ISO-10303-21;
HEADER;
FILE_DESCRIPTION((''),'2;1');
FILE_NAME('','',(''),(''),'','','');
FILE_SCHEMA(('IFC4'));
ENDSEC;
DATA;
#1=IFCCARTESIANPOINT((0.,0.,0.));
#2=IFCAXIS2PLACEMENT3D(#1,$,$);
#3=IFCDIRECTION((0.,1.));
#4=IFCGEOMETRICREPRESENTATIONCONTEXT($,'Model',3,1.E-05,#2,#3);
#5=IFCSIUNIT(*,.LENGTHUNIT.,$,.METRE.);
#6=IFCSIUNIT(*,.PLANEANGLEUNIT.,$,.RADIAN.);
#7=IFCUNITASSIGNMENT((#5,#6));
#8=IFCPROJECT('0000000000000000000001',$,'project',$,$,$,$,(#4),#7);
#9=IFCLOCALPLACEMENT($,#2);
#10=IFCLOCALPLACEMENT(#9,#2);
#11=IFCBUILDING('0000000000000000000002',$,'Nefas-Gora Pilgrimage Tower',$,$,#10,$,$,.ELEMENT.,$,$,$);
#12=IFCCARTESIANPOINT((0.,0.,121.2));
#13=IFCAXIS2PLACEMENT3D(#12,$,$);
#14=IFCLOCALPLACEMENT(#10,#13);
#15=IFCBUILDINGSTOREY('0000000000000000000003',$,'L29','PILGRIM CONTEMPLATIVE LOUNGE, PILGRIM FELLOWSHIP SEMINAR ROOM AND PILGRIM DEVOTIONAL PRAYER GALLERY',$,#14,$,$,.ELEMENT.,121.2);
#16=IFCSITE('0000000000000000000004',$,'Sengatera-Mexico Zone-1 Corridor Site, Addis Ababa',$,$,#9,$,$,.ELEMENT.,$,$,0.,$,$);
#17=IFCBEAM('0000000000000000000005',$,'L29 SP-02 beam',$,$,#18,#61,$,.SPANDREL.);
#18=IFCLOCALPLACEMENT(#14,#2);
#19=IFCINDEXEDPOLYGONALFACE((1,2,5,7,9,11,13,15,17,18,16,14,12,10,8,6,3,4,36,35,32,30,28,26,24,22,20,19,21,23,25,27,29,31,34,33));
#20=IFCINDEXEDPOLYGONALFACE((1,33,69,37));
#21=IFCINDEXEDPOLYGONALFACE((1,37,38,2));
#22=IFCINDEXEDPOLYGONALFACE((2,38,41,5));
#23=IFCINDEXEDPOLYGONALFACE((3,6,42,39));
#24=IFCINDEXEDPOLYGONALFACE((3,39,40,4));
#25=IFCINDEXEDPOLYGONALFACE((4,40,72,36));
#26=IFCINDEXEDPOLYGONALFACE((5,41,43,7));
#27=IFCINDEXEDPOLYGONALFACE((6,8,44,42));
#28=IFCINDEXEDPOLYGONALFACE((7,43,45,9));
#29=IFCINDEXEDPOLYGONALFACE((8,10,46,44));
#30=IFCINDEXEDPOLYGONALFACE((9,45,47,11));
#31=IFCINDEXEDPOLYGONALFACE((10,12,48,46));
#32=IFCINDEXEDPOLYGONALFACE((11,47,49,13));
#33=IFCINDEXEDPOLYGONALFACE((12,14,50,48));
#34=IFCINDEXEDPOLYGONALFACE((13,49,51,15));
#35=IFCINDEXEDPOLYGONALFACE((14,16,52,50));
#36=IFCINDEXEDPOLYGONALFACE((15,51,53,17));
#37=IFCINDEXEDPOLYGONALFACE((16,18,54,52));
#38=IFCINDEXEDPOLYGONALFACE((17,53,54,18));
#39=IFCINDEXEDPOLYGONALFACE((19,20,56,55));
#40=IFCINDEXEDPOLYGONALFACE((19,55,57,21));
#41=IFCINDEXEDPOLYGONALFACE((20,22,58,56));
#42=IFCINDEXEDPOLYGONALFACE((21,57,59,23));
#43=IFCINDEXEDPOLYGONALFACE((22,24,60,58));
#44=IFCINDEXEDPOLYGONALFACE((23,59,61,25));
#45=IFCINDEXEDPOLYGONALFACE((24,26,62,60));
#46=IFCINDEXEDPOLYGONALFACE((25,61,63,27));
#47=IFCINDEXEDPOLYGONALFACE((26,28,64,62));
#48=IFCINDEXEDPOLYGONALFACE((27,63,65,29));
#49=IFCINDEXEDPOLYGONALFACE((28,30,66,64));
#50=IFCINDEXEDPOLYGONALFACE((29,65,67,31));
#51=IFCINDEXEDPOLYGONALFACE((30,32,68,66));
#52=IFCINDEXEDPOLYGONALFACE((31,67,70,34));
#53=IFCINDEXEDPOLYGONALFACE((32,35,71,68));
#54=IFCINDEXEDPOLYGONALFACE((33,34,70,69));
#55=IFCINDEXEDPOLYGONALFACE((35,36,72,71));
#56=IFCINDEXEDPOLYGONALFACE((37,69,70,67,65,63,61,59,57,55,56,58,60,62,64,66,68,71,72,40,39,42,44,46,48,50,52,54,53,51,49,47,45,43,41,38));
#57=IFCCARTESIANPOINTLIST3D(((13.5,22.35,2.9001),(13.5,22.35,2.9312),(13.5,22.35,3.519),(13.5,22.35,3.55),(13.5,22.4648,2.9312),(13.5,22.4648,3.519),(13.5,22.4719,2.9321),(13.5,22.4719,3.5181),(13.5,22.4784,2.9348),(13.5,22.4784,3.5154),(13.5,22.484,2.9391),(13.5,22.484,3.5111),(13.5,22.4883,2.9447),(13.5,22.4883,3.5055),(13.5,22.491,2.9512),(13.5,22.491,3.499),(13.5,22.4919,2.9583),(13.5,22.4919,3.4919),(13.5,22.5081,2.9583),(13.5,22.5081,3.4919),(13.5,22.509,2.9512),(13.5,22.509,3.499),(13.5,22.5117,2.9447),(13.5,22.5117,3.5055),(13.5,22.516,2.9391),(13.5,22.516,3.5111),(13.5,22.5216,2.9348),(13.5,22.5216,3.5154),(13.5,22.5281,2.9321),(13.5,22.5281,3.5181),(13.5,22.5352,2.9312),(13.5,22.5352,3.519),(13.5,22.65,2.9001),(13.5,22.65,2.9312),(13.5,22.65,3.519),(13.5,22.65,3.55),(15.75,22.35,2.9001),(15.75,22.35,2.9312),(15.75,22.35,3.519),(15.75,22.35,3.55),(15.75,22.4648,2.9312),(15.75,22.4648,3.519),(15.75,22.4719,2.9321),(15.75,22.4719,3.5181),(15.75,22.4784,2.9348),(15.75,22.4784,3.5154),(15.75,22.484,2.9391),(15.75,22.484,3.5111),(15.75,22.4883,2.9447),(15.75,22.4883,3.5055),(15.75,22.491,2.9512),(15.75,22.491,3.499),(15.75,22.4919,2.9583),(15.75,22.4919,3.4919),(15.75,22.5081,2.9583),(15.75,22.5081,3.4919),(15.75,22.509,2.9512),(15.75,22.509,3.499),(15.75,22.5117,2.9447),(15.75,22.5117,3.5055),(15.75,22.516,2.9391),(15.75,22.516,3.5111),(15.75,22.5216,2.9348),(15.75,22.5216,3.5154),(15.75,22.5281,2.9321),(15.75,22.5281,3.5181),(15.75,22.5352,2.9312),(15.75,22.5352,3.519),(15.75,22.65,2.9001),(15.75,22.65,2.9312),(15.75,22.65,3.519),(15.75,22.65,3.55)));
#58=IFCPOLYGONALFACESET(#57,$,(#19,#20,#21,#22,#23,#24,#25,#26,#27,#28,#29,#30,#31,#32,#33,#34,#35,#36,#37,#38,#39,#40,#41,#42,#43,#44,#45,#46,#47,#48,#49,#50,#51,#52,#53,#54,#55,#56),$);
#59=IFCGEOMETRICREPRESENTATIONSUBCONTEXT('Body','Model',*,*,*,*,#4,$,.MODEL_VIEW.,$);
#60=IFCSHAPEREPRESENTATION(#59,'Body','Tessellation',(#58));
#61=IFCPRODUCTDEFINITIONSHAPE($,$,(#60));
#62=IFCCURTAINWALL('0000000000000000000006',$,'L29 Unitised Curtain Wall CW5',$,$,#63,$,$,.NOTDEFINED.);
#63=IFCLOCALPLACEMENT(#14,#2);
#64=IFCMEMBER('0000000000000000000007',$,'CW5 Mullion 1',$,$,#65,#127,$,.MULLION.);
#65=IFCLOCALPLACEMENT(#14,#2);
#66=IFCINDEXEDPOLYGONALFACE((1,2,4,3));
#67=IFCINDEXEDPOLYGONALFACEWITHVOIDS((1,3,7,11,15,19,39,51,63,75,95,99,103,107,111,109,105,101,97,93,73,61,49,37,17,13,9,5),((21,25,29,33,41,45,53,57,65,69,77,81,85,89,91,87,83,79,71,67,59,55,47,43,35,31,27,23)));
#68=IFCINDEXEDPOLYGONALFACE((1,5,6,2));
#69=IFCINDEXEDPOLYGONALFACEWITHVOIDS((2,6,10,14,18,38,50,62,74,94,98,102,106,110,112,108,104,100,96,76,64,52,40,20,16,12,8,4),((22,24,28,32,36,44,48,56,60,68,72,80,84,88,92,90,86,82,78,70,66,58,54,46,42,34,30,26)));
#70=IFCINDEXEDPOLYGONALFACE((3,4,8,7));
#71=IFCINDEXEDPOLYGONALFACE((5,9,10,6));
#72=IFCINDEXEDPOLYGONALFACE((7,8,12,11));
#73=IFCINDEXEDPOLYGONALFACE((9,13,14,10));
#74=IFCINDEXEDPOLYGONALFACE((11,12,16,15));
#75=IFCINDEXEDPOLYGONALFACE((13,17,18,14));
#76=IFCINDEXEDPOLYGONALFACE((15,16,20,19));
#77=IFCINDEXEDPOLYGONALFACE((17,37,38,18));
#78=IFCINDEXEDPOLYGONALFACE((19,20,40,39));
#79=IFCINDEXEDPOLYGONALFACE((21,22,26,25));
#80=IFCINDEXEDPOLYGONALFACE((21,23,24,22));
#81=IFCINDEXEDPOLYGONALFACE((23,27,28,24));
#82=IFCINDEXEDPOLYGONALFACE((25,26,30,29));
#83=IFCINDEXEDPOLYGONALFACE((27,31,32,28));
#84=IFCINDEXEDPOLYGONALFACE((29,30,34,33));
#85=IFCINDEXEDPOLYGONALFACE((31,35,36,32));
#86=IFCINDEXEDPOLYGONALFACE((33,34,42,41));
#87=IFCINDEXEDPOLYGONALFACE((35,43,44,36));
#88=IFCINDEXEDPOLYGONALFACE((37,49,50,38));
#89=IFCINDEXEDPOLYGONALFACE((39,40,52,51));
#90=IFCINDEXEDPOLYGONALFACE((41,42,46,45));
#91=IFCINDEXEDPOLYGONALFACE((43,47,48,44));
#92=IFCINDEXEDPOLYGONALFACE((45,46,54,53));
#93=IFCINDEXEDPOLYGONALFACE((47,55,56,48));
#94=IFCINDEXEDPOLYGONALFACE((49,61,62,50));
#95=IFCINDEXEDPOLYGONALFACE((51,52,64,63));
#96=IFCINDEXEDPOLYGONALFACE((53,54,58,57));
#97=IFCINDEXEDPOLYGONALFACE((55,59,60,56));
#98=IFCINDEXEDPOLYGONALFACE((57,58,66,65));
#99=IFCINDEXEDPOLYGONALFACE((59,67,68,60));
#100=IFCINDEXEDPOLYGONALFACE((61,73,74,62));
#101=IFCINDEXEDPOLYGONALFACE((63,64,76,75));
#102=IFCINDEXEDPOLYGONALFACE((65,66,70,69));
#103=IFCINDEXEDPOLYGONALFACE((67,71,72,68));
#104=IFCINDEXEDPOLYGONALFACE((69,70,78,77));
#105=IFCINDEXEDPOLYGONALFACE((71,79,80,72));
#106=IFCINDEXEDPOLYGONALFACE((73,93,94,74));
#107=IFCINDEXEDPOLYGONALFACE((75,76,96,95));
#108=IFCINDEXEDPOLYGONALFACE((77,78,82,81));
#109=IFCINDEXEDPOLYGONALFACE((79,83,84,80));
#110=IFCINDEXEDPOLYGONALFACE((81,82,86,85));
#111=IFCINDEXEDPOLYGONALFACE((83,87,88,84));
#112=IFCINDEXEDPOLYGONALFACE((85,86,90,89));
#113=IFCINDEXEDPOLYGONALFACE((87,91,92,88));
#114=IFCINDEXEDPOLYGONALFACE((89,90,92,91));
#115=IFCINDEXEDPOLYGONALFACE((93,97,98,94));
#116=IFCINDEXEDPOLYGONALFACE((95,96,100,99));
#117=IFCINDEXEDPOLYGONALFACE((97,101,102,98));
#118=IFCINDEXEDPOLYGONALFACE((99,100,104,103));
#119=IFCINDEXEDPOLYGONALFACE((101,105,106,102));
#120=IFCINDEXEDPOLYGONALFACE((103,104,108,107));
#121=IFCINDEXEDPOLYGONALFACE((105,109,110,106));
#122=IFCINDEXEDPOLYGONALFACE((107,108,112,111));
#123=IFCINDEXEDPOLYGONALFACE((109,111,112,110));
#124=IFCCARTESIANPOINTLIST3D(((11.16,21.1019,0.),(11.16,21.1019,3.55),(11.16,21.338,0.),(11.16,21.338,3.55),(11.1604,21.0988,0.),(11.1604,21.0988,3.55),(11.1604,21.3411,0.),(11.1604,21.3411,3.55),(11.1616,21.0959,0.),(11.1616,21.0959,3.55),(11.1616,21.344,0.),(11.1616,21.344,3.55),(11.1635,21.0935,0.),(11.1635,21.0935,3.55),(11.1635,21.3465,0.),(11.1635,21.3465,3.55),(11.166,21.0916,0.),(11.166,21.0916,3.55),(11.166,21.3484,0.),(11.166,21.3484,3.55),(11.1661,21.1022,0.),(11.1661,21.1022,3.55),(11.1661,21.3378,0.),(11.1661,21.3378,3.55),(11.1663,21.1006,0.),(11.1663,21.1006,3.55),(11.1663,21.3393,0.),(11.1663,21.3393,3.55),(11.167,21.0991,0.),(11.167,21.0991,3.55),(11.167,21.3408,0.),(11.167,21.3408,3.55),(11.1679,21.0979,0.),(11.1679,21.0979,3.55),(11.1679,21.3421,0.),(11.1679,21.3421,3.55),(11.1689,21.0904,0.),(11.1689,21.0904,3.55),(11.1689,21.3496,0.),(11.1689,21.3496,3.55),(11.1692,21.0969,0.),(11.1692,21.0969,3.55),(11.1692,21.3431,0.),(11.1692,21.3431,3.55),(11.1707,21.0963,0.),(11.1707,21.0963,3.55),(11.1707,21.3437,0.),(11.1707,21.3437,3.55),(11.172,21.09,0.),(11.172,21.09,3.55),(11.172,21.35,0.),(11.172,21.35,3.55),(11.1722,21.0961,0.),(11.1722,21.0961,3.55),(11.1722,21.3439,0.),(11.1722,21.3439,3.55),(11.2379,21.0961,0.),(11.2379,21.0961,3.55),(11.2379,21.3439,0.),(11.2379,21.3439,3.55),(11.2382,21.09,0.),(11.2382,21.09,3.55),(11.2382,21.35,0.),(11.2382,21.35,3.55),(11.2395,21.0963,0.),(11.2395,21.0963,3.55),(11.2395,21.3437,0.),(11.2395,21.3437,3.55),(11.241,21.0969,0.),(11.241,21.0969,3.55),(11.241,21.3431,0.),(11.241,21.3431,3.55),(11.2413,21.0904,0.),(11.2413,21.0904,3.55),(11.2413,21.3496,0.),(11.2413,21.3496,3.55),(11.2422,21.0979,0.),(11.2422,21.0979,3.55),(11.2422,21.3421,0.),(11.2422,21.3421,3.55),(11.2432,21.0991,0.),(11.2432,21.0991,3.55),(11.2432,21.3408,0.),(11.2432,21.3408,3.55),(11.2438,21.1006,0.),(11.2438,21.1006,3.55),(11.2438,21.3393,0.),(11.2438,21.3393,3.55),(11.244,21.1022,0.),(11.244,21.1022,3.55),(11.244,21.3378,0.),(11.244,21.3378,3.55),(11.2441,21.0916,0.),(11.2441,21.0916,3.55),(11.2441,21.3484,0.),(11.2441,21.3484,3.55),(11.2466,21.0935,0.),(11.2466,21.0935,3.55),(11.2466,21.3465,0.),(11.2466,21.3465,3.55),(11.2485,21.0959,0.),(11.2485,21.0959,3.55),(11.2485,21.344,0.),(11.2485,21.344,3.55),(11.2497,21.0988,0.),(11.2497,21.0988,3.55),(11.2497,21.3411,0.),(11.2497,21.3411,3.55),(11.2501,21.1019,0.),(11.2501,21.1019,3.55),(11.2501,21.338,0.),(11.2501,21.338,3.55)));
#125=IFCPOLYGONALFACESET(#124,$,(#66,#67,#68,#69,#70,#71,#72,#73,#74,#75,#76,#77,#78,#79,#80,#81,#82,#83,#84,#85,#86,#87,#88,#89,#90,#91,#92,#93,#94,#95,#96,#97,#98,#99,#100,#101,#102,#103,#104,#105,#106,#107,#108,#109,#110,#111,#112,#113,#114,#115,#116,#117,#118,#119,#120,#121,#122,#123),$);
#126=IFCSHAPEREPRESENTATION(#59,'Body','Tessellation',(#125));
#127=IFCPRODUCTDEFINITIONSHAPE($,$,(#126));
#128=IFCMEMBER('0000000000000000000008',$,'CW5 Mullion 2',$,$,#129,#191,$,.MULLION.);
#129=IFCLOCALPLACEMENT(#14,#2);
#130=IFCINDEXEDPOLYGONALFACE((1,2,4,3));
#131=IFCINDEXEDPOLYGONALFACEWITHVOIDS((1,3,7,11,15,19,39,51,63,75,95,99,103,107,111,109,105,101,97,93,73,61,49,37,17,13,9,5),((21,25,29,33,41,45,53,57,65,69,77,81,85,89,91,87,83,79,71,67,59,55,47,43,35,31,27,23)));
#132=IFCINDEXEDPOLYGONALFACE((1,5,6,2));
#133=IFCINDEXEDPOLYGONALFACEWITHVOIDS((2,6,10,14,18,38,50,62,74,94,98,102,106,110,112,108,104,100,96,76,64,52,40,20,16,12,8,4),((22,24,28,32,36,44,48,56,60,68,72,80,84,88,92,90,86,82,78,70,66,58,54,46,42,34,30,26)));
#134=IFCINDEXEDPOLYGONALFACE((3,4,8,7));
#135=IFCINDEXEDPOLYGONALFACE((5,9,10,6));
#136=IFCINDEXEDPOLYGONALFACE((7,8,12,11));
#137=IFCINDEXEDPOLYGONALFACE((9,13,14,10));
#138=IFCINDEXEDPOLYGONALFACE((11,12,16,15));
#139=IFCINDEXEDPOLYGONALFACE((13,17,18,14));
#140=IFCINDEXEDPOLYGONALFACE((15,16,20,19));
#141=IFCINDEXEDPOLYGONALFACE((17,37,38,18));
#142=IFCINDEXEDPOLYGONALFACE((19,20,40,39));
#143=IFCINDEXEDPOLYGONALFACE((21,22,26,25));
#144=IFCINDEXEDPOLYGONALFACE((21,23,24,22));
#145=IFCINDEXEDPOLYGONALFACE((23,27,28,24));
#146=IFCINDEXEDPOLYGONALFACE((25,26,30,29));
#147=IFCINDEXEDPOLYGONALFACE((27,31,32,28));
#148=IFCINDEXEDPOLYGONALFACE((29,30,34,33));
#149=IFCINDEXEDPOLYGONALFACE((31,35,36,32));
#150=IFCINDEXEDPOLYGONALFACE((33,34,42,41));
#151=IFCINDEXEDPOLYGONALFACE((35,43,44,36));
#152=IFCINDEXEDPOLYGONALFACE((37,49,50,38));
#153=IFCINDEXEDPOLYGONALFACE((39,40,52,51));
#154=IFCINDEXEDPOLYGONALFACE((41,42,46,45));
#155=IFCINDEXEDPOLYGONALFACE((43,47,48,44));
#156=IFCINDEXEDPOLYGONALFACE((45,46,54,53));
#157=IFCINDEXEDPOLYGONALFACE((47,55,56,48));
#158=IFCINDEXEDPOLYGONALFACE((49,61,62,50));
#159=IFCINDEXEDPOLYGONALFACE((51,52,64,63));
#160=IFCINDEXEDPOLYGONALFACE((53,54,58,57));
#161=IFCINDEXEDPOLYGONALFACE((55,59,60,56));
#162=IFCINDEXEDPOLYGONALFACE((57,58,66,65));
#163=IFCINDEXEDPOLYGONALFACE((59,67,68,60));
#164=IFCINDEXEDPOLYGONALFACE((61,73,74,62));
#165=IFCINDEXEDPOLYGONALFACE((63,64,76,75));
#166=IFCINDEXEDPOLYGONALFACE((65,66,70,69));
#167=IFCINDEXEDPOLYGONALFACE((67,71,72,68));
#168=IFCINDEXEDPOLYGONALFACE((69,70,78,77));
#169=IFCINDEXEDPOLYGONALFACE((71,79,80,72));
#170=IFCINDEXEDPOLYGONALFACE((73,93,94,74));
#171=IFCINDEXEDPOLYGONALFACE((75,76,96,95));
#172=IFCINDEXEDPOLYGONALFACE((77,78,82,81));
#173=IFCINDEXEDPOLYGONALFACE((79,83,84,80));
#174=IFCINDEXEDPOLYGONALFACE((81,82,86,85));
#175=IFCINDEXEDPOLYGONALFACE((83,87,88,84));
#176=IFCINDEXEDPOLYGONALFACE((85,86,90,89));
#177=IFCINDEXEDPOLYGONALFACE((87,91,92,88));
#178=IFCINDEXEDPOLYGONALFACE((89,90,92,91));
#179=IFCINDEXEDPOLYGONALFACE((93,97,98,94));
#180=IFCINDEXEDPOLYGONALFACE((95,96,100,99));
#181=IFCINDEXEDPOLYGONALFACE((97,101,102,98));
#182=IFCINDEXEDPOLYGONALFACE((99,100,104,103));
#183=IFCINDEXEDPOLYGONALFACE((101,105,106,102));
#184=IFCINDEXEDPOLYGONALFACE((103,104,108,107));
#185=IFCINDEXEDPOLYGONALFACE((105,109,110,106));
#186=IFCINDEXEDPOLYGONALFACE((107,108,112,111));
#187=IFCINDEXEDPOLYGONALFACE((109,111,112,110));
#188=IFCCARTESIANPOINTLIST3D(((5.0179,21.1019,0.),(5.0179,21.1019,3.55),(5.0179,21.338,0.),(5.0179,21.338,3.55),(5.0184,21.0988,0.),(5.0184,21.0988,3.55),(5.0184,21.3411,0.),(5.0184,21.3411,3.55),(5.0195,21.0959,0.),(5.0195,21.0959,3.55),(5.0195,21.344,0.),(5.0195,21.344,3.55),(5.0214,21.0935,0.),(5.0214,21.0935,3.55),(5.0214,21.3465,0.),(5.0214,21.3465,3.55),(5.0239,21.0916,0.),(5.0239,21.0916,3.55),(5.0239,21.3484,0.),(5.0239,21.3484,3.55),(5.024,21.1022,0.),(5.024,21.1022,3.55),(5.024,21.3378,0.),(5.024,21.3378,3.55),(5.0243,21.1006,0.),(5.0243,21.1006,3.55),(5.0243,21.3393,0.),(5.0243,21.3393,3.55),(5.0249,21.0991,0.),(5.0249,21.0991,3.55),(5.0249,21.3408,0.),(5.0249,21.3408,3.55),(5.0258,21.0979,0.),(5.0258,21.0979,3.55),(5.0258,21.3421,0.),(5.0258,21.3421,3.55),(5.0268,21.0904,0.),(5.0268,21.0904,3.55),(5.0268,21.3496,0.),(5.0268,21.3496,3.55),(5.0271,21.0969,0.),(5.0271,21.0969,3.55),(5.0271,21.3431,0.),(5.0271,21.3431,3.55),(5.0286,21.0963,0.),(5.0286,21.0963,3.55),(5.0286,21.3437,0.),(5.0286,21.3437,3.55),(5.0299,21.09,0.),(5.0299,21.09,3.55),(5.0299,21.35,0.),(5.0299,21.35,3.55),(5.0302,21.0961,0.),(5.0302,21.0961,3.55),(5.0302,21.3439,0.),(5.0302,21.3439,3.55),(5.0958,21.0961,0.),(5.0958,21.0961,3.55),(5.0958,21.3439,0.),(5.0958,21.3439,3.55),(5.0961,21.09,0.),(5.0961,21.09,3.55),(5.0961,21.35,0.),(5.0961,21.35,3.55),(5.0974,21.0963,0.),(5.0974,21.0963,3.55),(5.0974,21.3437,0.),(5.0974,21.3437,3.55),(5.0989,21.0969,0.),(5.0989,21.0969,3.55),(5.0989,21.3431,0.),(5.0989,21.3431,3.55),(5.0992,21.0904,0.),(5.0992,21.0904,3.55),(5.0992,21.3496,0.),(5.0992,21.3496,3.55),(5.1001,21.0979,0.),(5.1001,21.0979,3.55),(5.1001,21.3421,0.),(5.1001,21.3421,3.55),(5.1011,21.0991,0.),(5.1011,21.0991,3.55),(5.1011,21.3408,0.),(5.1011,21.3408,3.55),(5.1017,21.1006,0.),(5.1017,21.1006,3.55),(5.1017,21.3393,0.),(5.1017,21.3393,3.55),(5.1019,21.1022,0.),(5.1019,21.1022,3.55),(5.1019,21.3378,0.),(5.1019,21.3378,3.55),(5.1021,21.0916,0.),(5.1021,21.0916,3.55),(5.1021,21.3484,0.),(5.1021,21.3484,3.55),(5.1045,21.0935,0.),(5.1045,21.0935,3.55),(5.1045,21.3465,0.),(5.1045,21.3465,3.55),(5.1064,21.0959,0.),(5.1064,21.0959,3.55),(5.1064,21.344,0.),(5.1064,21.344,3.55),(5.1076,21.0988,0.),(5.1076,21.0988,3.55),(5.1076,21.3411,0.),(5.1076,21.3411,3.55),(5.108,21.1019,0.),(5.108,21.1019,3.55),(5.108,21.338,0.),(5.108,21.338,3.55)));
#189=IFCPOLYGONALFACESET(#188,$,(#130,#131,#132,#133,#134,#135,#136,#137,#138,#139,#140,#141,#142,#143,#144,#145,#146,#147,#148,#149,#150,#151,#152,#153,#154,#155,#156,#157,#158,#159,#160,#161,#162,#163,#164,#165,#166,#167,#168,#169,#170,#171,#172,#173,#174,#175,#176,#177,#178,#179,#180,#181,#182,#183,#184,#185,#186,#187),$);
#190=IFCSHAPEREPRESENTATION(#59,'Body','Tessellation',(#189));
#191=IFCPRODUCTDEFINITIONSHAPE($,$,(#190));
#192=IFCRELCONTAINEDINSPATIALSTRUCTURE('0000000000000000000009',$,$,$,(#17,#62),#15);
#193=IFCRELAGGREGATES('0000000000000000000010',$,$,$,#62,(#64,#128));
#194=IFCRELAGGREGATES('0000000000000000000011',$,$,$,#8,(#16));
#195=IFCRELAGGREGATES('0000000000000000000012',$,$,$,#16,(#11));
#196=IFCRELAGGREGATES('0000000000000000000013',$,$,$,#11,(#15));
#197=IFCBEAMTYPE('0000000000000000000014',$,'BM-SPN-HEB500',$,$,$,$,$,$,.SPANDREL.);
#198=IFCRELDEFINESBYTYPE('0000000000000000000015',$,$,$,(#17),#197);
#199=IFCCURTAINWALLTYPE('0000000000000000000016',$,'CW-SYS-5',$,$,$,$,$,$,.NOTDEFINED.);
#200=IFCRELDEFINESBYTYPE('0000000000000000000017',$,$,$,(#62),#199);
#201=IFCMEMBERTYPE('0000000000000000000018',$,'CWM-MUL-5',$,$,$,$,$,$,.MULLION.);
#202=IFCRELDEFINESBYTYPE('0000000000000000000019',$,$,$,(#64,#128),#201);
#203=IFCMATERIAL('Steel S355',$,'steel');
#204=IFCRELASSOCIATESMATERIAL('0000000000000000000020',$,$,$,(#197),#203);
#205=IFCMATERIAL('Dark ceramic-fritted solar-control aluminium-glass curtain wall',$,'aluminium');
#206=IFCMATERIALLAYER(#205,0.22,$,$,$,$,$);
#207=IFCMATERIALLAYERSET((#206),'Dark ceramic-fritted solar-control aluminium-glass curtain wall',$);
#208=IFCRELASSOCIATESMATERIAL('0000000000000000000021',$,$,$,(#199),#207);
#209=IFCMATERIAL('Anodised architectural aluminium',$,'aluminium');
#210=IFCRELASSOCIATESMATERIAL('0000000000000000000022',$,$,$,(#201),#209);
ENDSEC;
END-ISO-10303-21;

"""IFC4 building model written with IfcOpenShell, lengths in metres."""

from ifc_helpers import new_model, si_unit, direction, frame, origin, origin_2d, place, context, subcontext, project, spatial, hollow_rectangle, i_section, extrude, source, transform, mapped, material, layer, layer_set, material_profile, profile_set, type_object, element, aggregate, save


model = new_model("IFC4")

# Units and contexts
model_context = context("Model", 3, precision=1e-05, world=origin(), true_north=direction((0.0, 1.0)))
body_context = subcontext(model_context, "Body", "Model", "MODEL_VIEW")
ifc_project = project(units=[si_unit("LENGTHUNIT", "METRE"), si_unit("PLANEANGLEUNIT", "RADIAN")], contexts=[model_context])

# Site, building, storey
site_placement = place(None, origin())
site = spatial("IfcSite", under=ifc_project, at=site_placement, Name="Sengatera-Mexico Zone-1 Corridor Site, Addis Ababa", CompositionType="ELEMENT", RefElevation=0.0)
building_placement = place(site_placement, origin())
building = spatial("IfcBuilding", under=site, at=building_placement, Name="Nefas-Gora Pilgrimage Tower", CompositionType="ELEMENT")
storey_placement = place(building_placement, frame((0.0, 0.0, 121.2)))
storey = spatial("IfcBuildingStorey", under=building, at=storey_placement, Name="L29", Description="PILGRIM CONTEMPLATIVE LOUNGE, PILGRIM FELLOWSHIP SEMINAR ROOM AND PILGRIM DEVOTIONAL PRAYER GALLERY", CompositionType="ELEMENT", Elevation=121.2)

# Beam
ifc_material_1 = material(Name="Steel S355", Category="steel")
ifc_material_profile_1 = material_profile(ifc_material_1, i_section(OverallWidth=0.3, OverallDepth=0.6499, WebThickness=0.0161, FlangeThickness=0.031, FilletRadius=0.0271, at=origin_2d()), Name="HEB 650")
ifc_profile_set_1 = profile_set([ifc_material_profile_1], Name="Steel S355")
beam_type_1 = type_object("IfcBeamType", Name="BM-SPN-HEB500", PredefinedType="SPANDREL", material=ifc_profile_set_1)
shared_shape_1 = source(origin(), body_context, "Body", "SweptSolid", [
    extrude(i_section(OverallWidth=0.3, OverallDepth=0.6499, WebThickness=0.0161, FlangeThickness=0.031, FilletRadius=0.0271, at=origin_2d()), origin(), (0.0, 0.0, 1.0), 2.25),
])
beam_1_placement = place(storey_placement, frame((13.5, 22.5, 3.2251), z_axis=(1.0, 0.0, 0.0), x_axis=(0.0, 1.0, 0.0)))
element("IfcBeam", 1, at=beam_1_placement, inside=storey, type_object=beam_type_1, Name="L29 SP-02 beam", PredefinedType="SPANDREL", context=body_context, shape_type="MappedRepresentation", body=[
    mapped(shared_shape_1, transform((0.0, 0.0, 0.0), x_axis=(1.0, 0.0, 0.0), y_axis=(0.0, 1.0, 0.0), z_axis=(0.0, 0.0, 1.0), scale=1.0)),
])

# Curtain wall, members
ifc_material_2 = material(Name="Dark ceramic-fritted solar-control aluminium-glass curtain wall", Category="aluminium")
ifc_layer_1 = layer(ifc_material_2, 0.22)
ifc_layer_set_1 = layer_set([ifc_layer_1], Name="Dark ceramic-fritted solar-control aluminium-glass curtain wall")
curtain_wall_type_1 = type_object("IfcCurtainWallType", Name="CW-SYS-5", PredefinedType="NOTDEFINED", material=ifc_layer_set_1)
curtain_wall_1_placement = place(storey_placement, origin())
curtain_wall_1 = element("IfcCurtainWall", 2, at=curtain_wall_1_placement, inside=storey, type_object=curtain_wall_type_1, Name="L29 Unitised Curtain Wall CW5", PredefinedType="NOTDEFINED")
ifc_material_3 = material(Name="Anodised architectural aluminium", Category="aluminium")
ifc_material_profile_2 = material_profile(ifc_material_3, hollow_rectangle(XDim=0.0901, YDim=0.26, WallThickness=0.0061, InnerFilletRadius=0.0061, OuterFilletRadius=0.012, at=origin_2d()), Name="ALU MULLION 90x260")
ifc_profile_set_2 = profile_set([ifc_material_profile_2], Name="Anodised architectural aluminium")
member_type_1 = type_object("IfcMemberType", Name="CWM-MUL-5", PredefinedType="MULLION", material=ifc_profile_set_2)
shared_shape_2 = source(origin(), body_context, "Body", "SweptSolid", [
    extrude(hollow_rectangle(XDim=0.0901, YDim=0.26, WallThickness=0.0061, InnerFilletRadius=0.0061, OuterFilletRadius=0.012, at=origin_2d()), origin(), (0.0, 0.0, 1.0), 3.55),
])
member_1_placement = place(storey_placement, frame((11.2051, 21.22, 0.0), z_axis=(0.0, 0.0, 1.0), x_axis=(-1.0, 0.0, 0.0)))
member_1 = element("IfcMember", 3, at=member_1_placement, type_object=member_type_1, Name="CW5 Mullion 1", PredefinedType="MULLION", context=body_context, shape_type="MappedRepresentation", body=[
    mapped(shared_shape_2, transform((0.0, 0.0, 0.0), x_axis=(1.0, 0.0, 0.0), y_axis=(0.0, 1.0, 0.0), z_axis=(0.0, 0.0, 1.0), scale=1.0)),
])
member_2_placement = place(storey_placement, frame((5.063, 21.22, 0.0), z_axis=(0.0, 0.0, 1.0), x_axis=(-1.0, 0.0, 0.0)))
member_2 = element("IfcMember", 4, at=member_2_placement, type_object=member_type_1, Name="CW5 Mullion 2", PredefinedType="MULLION", context=body_context, shape_type="MappedRepresentation", body=[
    mapped(shared_shape_2, transform((0.0, 0.0, 0.0), x_axis=(1.0, 0.0, 0.0), y_axis=(0.0, 1.0, 0.0), z_axis=(0.0, 0.0, 1.0), scale=1.0)),
])

aggregate(curtain_wall_1, [member_1, member_2])

save(model, "model.ifc")
